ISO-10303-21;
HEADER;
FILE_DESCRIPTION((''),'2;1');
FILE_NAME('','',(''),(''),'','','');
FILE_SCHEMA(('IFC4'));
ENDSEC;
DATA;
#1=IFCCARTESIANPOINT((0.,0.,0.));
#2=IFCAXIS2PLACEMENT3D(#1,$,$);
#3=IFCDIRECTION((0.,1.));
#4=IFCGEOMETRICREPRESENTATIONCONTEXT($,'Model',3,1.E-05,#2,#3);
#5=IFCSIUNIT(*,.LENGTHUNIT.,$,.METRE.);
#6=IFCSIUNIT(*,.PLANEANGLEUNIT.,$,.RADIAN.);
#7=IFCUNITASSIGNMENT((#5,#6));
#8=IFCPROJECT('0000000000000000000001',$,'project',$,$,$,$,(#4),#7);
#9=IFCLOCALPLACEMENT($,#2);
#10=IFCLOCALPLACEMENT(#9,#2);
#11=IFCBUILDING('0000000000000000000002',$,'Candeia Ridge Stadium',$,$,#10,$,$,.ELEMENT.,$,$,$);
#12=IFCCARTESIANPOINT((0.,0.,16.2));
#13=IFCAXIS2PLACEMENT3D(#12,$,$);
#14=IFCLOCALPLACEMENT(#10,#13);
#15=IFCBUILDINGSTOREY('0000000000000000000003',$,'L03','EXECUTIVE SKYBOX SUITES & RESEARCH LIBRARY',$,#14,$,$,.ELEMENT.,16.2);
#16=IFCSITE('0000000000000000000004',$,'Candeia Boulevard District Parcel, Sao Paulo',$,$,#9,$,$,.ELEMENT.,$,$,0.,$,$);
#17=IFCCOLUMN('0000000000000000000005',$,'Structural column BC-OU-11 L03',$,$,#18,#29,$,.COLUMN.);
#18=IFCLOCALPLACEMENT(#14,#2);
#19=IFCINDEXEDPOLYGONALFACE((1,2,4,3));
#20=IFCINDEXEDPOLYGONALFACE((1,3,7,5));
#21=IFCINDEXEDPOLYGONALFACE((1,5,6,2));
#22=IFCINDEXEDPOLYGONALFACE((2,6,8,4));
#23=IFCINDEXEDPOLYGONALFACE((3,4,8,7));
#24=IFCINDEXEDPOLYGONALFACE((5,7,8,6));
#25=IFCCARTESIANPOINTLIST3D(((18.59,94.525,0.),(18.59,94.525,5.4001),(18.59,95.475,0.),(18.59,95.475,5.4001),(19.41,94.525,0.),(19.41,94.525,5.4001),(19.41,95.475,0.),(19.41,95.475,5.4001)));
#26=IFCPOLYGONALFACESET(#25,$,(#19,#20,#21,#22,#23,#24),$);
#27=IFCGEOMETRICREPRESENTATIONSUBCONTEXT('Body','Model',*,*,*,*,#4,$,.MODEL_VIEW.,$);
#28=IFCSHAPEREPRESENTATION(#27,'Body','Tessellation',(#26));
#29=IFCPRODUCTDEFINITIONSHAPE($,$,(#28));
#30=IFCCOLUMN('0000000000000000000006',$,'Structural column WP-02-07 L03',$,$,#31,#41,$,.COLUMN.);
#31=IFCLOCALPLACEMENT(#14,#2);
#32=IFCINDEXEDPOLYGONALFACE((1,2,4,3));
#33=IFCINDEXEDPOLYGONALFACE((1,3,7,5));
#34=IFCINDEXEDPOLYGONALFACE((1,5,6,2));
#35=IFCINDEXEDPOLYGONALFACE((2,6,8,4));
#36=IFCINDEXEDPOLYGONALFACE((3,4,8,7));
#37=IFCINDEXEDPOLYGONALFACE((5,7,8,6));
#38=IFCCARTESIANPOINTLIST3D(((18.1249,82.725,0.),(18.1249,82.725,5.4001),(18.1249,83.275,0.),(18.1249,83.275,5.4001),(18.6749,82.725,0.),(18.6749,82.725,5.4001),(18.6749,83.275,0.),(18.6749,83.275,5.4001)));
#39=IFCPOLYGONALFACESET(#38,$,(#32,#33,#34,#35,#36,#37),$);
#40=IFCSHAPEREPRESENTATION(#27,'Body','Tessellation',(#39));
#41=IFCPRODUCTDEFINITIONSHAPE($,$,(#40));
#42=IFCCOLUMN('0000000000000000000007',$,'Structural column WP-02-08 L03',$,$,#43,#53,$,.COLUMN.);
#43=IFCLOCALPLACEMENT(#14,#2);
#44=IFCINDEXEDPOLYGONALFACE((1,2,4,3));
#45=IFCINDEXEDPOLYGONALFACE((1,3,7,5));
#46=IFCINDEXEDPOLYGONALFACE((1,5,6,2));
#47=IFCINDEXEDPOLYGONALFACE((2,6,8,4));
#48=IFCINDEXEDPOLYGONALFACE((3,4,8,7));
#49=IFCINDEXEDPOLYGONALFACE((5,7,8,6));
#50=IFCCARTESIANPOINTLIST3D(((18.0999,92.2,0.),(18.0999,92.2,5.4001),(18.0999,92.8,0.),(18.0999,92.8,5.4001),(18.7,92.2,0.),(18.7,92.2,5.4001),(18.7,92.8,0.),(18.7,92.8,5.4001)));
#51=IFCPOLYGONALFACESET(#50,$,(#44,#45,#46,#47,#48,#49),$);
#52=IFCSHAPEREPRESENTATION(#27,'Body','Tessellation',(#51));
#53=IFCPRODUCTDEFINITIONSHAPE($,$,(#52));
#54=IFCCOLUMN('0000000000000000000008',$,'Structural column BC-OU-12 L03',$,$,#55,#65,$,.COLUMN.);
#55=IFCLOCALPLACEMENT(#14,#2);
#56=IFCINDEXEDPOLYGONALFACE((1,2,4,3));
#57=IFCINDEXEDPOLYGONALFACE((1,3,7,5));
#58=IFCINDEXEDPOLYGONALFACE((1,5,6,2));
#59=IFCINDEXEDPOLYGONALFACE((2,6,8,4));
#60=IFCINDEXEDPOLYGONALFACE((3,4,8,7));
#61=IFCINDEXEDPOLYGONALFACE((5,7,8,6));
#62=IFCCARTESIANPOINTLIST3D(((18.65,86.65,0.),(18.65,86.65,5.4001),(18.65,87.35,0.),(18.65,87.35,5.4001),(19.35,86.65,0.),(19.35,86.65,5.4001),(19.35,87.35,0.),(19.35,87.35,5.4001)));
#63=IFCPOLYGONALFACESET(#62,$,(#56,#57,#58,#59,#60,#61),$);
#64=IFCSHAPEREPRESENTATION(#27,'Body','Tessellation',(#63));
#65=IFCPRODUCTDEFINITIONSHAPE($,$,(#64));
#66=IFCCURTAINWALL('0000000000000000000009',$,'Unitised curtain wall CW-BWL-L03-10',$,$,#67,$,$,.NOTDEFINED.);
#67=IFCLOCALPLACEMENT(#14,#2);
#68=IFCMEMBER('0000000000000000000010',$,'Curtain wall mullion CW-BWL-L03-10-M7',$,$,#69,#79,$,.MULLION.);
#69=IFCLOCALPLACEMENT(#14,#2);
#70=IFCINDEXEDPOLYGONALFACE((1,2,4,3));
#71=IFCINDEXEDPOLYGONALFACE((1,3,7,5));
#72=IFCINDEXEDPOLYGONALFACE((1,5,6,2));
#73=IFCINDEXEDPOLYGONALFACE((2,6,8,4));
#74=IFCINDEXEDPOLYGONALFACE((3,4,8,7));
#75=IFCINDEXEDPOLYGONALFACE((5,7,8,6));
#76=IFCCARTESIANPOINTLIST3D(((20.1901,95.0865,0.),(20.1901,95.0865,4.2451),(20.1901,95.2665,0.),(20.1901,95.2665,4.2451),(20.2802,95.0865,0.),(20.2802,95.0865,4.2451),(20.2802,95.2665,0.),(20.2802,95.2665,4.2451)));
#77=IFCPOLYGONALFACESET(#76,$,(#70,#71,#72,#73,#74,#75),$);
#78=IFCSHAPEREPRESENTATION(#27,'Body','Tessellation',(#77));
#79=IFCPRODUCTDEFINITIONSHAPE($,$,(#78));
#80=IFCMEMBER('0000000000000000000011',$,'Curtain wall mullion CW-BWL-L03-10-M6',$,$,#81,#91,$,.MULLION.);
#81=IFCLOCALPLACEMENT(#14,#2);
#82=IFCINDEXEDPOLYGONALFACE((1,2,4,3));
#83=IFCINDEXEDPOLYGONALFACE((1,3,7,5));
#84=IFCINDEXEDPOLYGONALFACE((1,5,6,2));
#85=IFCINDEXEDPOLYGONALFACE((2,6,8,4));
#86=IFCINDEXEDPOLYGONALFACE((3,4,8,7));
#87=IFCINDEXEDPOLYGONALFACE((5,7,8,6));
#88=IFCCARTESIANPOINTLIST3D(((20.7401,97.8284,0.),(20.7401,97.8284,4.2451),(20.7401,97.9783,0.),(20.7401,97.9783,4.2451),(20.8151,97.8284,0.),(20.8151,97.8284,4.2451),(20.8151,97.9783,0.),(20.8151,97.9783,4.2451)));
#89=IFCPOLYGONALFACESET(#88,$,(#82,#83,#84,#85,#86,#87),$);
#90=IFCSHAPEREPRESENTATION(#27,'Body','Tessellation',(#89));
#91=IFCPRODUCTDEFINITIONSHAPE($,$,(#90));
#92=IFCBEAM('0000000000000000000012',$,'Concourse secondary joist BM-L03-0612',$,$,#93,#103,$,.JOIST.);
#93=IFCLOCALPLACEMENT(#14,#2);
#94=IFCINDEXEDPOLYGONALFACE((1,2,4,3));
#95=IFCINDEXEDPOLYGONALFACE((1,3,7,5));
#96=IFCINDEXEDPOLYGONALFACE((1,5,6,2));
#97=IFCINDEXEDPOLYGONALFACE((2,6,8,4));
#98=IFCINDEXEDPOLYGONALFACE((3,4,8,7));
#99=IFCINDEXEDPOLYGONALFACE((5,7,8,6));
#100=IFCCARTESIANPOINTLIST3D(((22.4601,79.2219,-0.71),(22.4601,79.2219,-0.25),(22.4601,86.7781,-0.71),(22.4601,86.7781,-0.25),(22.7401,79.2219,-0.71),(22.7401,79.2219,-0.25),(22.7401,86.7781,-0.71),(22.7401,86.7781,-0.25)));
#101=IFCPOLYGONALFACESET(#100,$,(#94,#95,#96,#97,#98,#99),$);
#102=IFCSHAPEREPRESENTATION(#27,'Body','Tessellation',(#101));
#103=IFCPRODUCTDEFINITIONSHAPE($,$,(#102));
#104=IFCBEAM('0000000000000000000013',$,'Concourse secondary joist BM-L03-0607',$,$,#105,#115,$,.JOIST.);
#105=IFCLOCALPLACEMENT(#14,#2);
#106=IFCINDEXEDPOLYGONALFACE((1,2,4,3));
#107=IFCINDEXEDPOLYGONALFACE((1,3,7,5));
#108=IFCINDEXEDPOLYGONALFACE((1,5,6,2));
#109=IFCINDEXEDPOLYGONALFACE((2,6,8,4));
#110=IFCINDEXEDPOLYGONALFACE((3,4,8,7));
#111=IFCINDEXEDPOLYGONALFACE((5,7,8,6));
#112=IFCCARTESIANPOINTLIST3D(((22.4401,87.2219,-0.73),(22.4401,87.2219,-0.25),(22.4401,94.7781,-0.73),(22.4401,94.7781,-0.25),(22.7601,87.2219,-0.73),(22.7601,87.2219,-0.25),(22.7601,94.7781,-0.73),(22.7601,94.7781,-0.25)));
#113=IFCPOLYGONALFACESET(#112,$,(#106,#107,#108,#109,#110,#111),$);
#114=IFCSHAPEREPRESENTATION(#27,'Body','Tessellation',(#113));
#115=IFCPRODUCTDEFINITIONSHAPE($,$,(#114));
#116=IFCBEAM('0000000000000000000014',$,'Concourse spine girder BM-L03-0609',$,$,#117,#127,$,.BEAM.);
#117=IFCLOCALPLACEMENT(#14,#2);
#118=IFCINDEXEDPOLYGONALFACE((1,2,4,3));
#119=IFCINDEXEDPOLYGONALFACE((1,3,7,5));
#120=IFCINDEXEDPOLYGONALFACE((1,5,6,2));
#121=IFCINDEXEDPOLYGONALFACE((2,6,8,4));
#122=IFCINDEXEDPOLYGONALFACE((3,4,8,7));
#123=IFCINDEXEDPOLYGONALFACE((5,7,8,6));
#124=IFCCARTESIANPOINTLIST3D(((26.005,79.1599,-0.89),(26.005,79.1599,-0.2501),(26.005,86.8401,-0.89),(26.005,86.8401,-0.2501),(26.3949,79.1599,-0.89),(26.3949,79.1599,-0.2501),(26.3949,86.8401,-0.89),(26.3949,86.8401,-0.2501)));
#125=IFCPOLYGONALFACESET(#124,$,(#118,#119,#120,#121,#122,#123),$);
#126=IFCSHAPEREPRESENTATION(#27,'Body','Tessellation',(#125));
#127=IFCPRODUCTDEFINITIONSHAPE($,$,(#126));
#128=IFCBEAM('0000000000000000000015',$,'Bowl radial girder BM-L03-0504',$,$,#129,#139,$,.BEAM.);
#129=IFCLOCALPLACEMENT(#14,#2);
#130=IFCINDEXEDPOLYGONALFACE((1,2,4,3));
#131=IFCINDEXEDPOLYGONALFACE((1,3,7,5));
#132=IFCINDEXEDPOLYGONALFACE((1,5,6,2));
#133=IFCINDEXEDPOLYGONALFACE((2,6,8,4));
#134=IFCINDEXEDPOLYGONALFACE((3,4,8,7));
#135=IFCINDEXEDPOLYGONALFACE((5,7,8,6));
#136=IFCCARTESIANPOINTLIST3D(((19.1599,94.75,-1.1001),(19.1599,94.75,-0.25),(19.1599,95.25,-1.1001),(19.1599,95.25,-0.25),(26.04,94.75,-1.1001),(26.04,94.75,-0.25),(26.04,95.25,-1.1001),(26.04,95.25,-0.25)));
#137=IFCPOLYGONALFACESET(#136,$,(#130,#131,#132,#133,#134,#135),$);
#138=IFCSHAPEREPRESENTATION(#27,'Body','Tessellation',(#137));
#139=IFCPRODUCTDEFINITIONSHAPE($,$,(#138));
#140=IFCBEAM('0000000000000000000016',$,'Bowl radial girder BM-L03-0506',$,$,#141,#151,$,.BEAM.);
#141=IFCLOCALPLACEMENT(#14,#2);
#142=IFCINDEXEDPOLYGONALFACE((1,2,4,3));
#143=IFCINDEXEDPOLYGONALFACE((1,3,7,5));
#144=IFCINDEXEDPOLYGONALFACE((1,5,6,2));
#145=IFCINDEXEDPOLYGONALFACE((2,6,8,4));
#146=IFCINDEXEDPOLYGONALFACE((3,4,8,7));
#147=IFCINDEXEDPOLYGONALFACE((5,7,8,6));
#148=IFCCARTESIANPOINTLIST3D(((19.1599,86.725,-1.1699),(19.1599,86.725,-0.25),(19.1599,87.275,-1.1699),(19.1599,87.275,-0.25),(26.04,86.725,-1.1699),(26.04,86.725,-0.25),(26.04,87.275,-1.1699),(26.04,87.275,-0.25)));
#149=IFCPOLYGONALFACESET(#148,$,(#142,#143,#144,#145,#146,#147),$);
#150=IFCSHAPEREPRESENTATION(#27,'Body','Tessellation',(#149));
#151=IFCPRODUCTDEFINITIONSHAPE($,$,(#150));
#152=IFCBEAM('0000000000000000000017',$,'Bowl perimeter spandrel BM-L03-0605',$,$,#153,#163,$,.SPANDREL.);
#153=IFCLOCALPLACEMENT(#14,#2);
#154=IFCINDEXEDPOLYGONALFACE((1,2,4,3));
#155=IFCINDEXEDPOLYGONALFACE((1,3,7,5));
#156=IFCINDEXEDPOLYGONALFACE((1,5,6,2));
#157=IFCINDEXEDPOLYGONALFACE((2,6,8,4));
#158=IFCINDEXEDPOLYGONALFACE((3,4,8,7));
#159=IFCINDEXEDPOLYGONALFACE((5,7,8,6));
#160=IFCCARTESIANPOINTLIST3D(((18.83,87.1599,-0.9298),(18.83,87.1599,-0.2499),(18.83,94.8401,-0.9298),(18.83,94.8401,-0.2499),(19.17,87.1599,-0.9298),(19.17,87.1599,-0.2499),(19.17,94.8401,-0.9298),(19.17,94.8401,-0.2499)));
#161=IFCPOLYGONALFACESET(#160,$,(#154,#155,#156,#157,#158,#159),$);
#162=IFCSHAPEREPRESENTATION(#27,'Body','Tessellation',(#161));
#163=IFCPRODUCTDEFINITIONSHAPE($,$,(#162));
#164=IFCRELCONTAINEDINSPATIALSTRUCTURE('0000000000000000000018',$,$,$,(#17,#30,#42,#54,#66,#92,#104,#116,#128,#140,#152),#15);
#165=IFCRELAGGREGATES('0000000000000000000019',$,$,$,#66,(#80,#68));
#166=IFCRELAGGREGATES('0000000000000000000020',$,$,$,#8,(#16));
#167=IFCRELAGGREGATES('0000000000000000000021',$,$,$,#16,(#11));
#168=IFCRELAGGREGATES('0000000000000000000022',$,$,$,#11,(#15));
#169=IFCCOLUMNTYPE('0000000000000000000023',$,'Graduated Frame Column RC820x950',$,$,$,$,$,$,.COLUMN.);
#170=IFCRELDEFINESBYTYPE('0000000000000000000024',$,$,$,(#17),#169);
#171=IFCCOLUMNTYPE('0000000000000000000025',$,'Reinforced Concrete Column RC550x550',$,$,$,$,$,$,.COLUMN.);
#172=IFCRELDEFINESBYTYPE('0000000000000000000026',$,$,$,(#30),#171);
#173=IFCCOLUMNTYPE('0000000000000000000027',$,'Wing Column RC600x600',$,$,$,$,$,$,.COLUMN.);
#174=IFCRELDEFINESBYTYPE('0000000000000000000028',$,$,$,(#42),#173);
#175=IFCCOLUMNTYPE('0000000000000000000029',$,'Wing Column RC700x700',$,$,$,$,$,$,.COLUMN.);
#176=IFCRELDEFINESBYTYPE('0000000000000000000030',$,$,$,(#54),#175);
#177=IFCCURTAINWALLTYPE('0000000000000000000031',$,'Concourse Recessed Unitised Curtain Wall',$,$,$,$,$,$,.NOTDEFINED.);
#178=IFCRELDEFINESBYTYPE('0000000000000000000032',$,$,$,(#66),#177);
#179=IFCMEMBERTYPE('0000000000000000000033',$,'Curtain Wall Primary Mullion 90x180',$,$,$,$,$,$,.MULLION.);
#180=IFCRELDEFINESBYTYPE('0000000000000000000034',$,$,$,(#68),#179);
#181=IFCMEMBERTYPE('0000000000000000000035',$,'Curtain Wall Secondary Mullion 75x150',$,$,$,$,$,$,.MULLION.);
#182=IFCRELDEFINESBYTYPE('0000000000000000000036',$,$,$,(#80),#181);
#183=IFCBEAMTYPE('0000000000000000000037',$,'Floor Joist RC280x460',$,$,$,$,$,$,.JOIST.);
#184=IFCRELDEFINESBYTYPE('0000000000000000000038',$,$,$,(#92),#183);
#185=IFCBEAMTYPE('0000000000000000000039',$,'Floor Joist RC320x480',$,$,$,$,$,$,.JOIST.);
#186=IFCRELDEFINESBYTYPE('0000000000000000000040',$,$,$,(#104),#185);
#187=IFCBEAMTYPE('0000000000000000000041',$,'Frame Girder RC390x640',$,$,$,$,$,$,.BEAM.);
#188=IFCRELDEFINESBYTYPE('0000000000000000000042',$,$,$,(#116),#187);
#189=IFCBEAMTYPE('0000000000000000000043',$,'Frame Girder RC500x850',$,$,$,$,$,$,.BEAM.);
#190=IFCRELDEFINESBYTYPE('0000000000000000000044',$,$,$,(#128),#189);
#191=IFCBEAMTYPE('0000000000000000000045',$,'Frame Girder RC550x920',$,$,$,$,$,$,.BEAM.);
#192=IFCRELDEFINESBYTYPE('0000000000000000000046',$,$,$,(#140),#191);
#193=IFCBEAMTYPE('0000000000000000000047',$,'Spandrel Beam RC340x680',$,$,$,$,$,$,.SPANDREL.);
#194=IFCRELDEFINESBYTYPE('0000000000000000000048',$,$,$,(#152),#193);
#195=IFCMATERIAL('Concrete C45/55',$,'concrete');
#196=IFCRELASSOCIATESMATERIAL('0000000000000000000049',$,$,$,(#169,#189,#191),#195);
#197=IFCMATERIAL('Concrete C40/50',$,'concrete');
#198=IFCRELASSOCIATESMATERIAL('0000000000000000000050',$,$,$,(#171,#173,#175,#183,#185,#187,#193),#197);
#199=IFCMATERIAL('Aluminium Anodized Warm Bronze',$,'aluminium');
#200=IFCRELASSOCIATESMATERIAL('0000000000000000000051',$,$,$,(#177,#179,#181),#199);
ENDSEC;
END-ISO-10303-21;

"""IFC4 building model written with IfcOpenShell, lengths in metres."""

from ifc_helpers import new_model, si_unit, direction, frame, origin, origin_2d, place, context, subcontext, project, spatial, rectangle, extrude, material, material_profile, profile_set, type_object, element, aggregate, save


model = new_model("IFC4")

# Units and contexts
model_context = context("Model", 3, precision=1e-05, world=origin(), true_north=direction((0.0, 1.0)))
body_context = subcontext(model_context, "Body", "Model", "MODEL_VIEW")
ifc_project = project(units=[si_unit("LENGTHUNIT", "METRE"), si_unit("PLANEANGLEUNIT", "RADIAN")], contexts=[model_context])

# Site, building, storey
site_placement = place(None, origin())
site = spatial("IfcSite", under=ifc_project, at=site_placement, Name="Candeia Boulevard District Parcel, Sao Paulo", CompositionType="ELEMENT", RefElevation=0.0)
building_placement = place(site_placement, origin())
building = spatial("IfcBuilding", under=site, at=building_placement, Name="Candeia Ridge Stadium", CompositionType="ELEMENT")
storey_placement = place(building_placement, frame((0.0, 0.0, 16.2)))
storey = spatial("IfcBuildingStorey", under=building, at=storey_placement, Name="L03", Description="EXECUTIVE SKYBOX SUITES & RESEARCH LIBRARY", CompositionType="ELEMENT", Elevation=16.2)

# Columns
ifc_material_1 = material(Name="Concrete C45/55", Category="concrete")
ifc_material_profile_1 = material_profile(ifc_material_1, rectangle(XDim=0.8201, YDim=0.95, at=origin_2d()), Name="RC820x950", Category="concrete")
ifc_profile_set_1 = profile_set([ifc_material_profile_1], Name="Concrete C45/55")
column_type_1 = type_object("IfcColumnType", Name="Graduated Frame Column RC820x950", PredefinedType="COLUMN", material=ifc_profile_set_1)
column_1_placement = place(storey_placement, frame((19.0, 95.0, 0.0), z_axis=(0.0, 0.0, 1.0), x_axis=(1.0, 0.0, 0.0)))
element("IfcColumn", 1, at=column_1_placement, inside=storey, type_object=column_type_1, Name="Structural column BC-OU-11 L03", PredefinedType="COLUMN", context=body_context, shape_type="SweptSolid", body=[
    extrude(rectangle(XDim=0.8201, YDim=0.95, at=origin_2d()), origin(), (0.0, 0.0, 1.0), 5.4001),
])
ifc_material_2 = material(Name="Concrete C40/50", Category="concrete")
ifc_material_profile_2 = material_profile(ifc_material_2, rectangle(XDim=0.55, YDim=0.55, at=origin_2d()), Name="RC550x550", Category="concrete")
ifc_profile_set_2 = profile_set([ifc_material_profile_2], Name="Concrete C40/50")
column_type_2 = type_object("IfcColumnType", Name="Reinforced Concrete Column RC550x550", PredefinedType="COLUMN", material=ifc_profile_set_2)
column_2_placement = place(storey_placement, frame((18.3999, 83.0, 0.0), z_axis=(0.0, 0.0, 1.0), x_axis=(1.0, 0.0, 0.0)))
element("IfcColumn", 2, at=column_2_placement, inside=storey, type_object=column_type_2, Name="Structural column WP-02-07 L03", PredefinedType="COLUMN", context=body_context, shape_type="SweptSolid", body=[
    extrude(rectangle(XDim=0.55, YDim=0.55, at=origin_2d()), origin(), (0.0, 0.0, 1.0), 5.4001),
])
ifc_material_profile_3 = material_profile(ifc_material_2, rectangle(XDim=0.6001, YDim=0.6001, at=origin_2d()), Name="RC600x600", Category="concrete")
ifc_profile_set_3 = profile_set([ifc_material_profile_3], Name="Concrete C40/50")
column_type_3 = type_object("IfcColumnType", Name="Wing Column RC600x600", PredefinedType="COLUMN", material=ifc_profile_set_3)
column_3_placement = place(storey_placement, frame((18.3999, 92.5, 0.0), z_axis=(0.0, 0.0, 1.0), x_axis=(1.0, 0.0, 0.0)))
element("IfcColumn", 3, at=column_3_placement, inside=storey, type_object=column_type_3, Name="Structural column WP-02-08 L03", PredefinedType="COLUMN", context=body_context, shape_type="SweptSolid", body=[
    extrude(rectangle(XDim=0.6001, YDim=0.6001, at=origin_2d()), origin(), (0.0, 0.0, 1.0), 5.4001),
])
ifc_material_profile_4 = material_profile(ifc_material_2, rectangle(XDim=0.7, YDim=0.7, at=origin_2d()), Name="RC700x700", Category="concrete")
ifc_profile_set_4 = profile_set([ifc_material_profile_4], Name="Concrete C40/50")
column_type_4 = type_object("IfcColumnType", Name="Wing Column RC700x700", PredefinedType="COLUMN", material=ifc_profile_set_4)
column_4_placement = place(storey_placement, frame((19.0, 87.0, 0.0), z_axis=(0.0, 0.0, 1.0), x_axis=(1.0, 0.0, 0.0)))
element("IfcColumn", 4, at=column_4_placement, inside=storey, type_object=column_type_4, Name="Structural column BC-OU-12 L03", PredefinedType="COLUMN", context=body_context, shape_type="SweptSolid", body=[
    extrude(rectangle(XDim=0.7, YDim=0.7, at=origin_2d()), origin(), (0.0, 0.0, 1.0), 5.4001),
])

# Curtain wall, members
ifc_material_3 = material(Name="Aluminium Anodized Warm Bronze", Category="aluminium")
curtain_wall_type = type_object("IfcCurtainWallType", Name="Concourse Recessed Unitised Curtain Wall", PredefinedType="NOTDEFINED", material=ifc_material_3)
curtain_wall_placement = place(storey_placement, origin())
curtain_wall = element("IfcCurtainWall", 5, at=curtain_wall_placement, inside=storey, type_object=curtain_wall_type, Name="Unitised curtain wall CW-BWL-L03-10", PredefinedType="NOTDEFINED")
ifc_material_profile_5 = material_profile(ifc_material_3, rectangle(XDim=0.0901, YDim=0.1799, at=origin_2d()), Name="CWM-90x180", Category="aluminium")
ifc_profile_set_5 = profile_set([ifc_material_profile_5], Name="Aluminium Anodized Warm Bronze")
member_type_1 = type_object("IfcMemberType", Name="Curtain Wall Primary Mullion 90x180", PredefinedType="MULLION", material=ifc_profile_set_5)
member_1_placement = place(storey_placement, frame((20.2351, 95.1765, 0.0), z_axis=(0.0, 0.0, 1.0), x_axis=(1.0, 0.0, 0.0)))
member_1 = element("IfcMember", 6, at=member_1_placement, type_object=member_type_1, Name="Curtain wall mullion CW-BWL-L03-10-M7", PredefinedType="MULLION", context=body_context, shape_type="SweptSolid", body=[
    extrude(rectangle(XDim=0.0901, YDim=0.1799, at=origin_2d()), origin(), (0.0, 0.0, 1.0), 4.2451),
])
ifc_material_profile_6 = material_profile(ifc_material_3, rectangle(XDim=0.075, YDim=0.1499, at=origin_2d()), Name="CWM-75x150", Category="aluminium")
ifc_profile_set_6 = profile_set([ifc_material_profile_6], Name="Aluminium Anodized Warm Bronze")
member_type_2 = type_object("IfcMemberType", Name="Curtain Wall Secondary Mullion 75x150", PredefinedType="MULLION", material=ifc_profile_set_6)
member_2_placement = place(storey_placement, frame((20.7776, 97.9033, 0.0), z_axis=(0.0, 0.0, 1.0), x_axis=(1.0, 0.0, 0.0)))
member_2 = element("IfcMember", 7, at=member_2_placement, type_object=member_type_2, Name="Curtain wall mullion CW-BWL-L03-10-M6", PredefinedType="MULLION", context=body_context, shape_type="SweptSolid", body=[
    extrude(rectangle(XDim=0.075, YDim=0.1499, at=origin_2d()), origin(), (0.0, 0.0, 1.0), 4.2451),
])

# Beams
ifc_material_profile_7 = material_profile(ifc_material_2, rectangle(XDim=0.28, YDim=0.46, at=origin_2d()), Name="RC280x460", Category="concrete")
ifc_profile_set_7 = profile_set([ifc_material_profile_7], Name="Concrete C40/50")
beam_type_1 = type_object("IfcBeamType", Name="Floor Joist RC280x460", PredefinedType="JOIST", material=ifc_profile_set_7)
beam_1_placement = place(storey_placement, frame((22.6001, 86.7781, -0.48), z_axis=(0.0, -1.0, 0.0), x_axis=(1.0, 0.0, 0.0)))
element("IfcBeam", 8, at=beam_1_placement, inside=storey, type_object=beam_type_1, Name="Concourse secondary joist BM-L03-0612", PredefinedType="JOIST", context=body_context, shape_type="SweptSolid", body=[
    extrude(rectangle(XDim=0.28, YDim=0.46, at=origin_2d()), origin(), (0.0, 0.0, 1.0), 7.5562),
])
ifc_material_profile_8 = material_profile(ifc_material_2, rectangle(XDim=0.3201, YDim=0.48, at=origin_2d()), Name="RC320x480", Category="concrete")
ifc_profile_set_8 = profile_set([ifc_material_profile_8], Name="Concrete C40/50")
beam_type_2 = type_object("IfcBeamType", Name="Floor Joist RC320x480", PredefinedType="JOIST", material=ifc_profile_set_8)
beam_2_placement = place(storey_placement, frame((22.6001, 94.7781, -0.49), z_axis=(0.0, -1.0, 0.0), x_axis=(1.0, 0.0, 0.0)))
element("IfcBeam", 9, at=beam_2_placement, inside=storey, type_object=beam_type_2, Name="Concourse secondary joist BM-L03-0607", PredefinedType="JOIST", context=body_context, shape_type="SweptSolid", body=[
    extrude(rectangle(XDim=0.3201, YDim=0.48, at=origin_2d()), origin(), (0.0, 0.0, 1.0), 7.5562),
])
ifc_material_profile_9 = material_profile(ifc_material_2, rectangle(XDim=0.3899, YDim=0.6399, at=origin_2d()), Name="RC390x640", Category="concrete")
ifc_profile_set_9 = profile_set([ifc_material_profile_9], Name="Concrete C40/50")
beam_type_3 = type_object("IfcBeamType", Name="Frame Girder RC390x640", PredefinedType="BEAM", material=ifc_profile_set_9)
beam_3_placement = place(storey_placement, frame((26.2, 86.8401, -0.5701), z_axis=(0.0, -1.0, 0.0), x_axis=(1.0, 0.0, 0.0)))
element("IfcBeam", 10, at=beam_3_placement, inside=storey, type_object=beam_type_3, Name="Concourse spine girder BM-L03-0609", PredefinedType="BEAM", context=body_context, shape_type="SweptSolid", body=[
    extrude(rectangle(XDim=0.3899, YDim=0.6399, at=origin_2d()), origin(), (0.0, 0.0, 1.0), 7.6802),
])
ifc_material_profile_10 = material_profile(ifc_material_1, rectangle(XDim=0.5, YDim=0.8501, at=origin_2d()), Name="RC500x850", Category="concrete")
ifc_profile_set_10 = profile_set([ifc_material_profile_10], Name="Concrete C45/55")
beam_type_4 = type_object("IfcBeamType", Name="Frame Girder RC500x850", PredefinedType="BEAM", material=ifc_profile_set_10)
beam_4_placement = place(storey_placement, frame((26.04, 95.0, -0.675), z_axis=(-1.0, 0.0, 0.0), x_axis=(0.0, -1.0, 0.0)))
element("IfcBeam", 11, at=beam_4_placement, inside=storey, type_object=beam_type_4, Name="Bowl radial girder BM-L03-0504", PredefinedType="BEAM", context=body_context, shape_type="SweptSolid", body=[
    extrude(rectangle(XDim=0.5, YDim=0.8501, at=origin_2d()), origin(), (0.0, 0.0, 1.0), 6.8801),
])
ifc_material_profile_11 = material_profile(ifc_material_1, rectangle(XDim=0.55, YDim=0.9199, at=origin_2d()), Name="RC550x920", Category="concrete")
ifc_profile_set_11 = profile_set([ifc_material_profile_11], Name="Concrete C45/55")
beam_type_5 = type_object("IfcBeamType", Name="Frame Girder RC550x920", PredefinedType="BEAM", material=ifc_profile_set_11)
beam_5_placement = place(storey_placement, frame((26.04, 87.0, -0.71), z_axis=(-1.0, 0.0, 0.0), x_axis=(0.0, -1.0, 0.0)))
element("IfcBeam", 12, at=beam_5_placement, inside=storey, type_object=beam_type_5, Name="Bowl radial girder BM-L03-0506", PredefinedType="BEAM", context=body_context, shape_type="SweptSolid", body=[
    extrude(rectangle(XDim=0.55, YDim=0.9199, at=origin_2d()), origin(), (0.0, 0.0, 1.0), 6.8801),
])
ifc_material_profile_12 = material_profile(ifc_material_2, rectangle(XDim=0.3401, YDim=0.6799, at=origin_2d()), Name="RC340x680", Category="concrete")
ifc_profile_set_12 = profile_set([ifc_material_profile_12], Name="Concrete C40/50")
beam_type_6 = type_object("IfcBeamType", Name="Spandrel Beam RC340x680", PredefinedType="SPANDREL", material=ifc_profile_set_12)
for number, where, z_axis, x_axis, name in (
    (13, (19.0, 94.8401, -0.5898), (0.0, -1.0, 0.0), (1.0, 0.0, 0.0), "Bowl perimeter spandrel BM-L03-0605"),
):
    element("IfcBeam", number, at=place(storey_placement, frame(where, z_axis=z_axis, x_axis=x_axis)), inside=storey, type_object=beam_type_6, Name=name, PredefinedType="SPANDREL", context=body_context, shape_type="SweptSolid", body=[
        extrude(rectangle(XDim=0.3401, YDim=0.6799, at=origin_2d()), origin(), (0.0, 0.0, 1.0), 7.6802),
    ])

aggregate(curtain_wall, [member_2, member_1])

save(model, "model.ifc")
